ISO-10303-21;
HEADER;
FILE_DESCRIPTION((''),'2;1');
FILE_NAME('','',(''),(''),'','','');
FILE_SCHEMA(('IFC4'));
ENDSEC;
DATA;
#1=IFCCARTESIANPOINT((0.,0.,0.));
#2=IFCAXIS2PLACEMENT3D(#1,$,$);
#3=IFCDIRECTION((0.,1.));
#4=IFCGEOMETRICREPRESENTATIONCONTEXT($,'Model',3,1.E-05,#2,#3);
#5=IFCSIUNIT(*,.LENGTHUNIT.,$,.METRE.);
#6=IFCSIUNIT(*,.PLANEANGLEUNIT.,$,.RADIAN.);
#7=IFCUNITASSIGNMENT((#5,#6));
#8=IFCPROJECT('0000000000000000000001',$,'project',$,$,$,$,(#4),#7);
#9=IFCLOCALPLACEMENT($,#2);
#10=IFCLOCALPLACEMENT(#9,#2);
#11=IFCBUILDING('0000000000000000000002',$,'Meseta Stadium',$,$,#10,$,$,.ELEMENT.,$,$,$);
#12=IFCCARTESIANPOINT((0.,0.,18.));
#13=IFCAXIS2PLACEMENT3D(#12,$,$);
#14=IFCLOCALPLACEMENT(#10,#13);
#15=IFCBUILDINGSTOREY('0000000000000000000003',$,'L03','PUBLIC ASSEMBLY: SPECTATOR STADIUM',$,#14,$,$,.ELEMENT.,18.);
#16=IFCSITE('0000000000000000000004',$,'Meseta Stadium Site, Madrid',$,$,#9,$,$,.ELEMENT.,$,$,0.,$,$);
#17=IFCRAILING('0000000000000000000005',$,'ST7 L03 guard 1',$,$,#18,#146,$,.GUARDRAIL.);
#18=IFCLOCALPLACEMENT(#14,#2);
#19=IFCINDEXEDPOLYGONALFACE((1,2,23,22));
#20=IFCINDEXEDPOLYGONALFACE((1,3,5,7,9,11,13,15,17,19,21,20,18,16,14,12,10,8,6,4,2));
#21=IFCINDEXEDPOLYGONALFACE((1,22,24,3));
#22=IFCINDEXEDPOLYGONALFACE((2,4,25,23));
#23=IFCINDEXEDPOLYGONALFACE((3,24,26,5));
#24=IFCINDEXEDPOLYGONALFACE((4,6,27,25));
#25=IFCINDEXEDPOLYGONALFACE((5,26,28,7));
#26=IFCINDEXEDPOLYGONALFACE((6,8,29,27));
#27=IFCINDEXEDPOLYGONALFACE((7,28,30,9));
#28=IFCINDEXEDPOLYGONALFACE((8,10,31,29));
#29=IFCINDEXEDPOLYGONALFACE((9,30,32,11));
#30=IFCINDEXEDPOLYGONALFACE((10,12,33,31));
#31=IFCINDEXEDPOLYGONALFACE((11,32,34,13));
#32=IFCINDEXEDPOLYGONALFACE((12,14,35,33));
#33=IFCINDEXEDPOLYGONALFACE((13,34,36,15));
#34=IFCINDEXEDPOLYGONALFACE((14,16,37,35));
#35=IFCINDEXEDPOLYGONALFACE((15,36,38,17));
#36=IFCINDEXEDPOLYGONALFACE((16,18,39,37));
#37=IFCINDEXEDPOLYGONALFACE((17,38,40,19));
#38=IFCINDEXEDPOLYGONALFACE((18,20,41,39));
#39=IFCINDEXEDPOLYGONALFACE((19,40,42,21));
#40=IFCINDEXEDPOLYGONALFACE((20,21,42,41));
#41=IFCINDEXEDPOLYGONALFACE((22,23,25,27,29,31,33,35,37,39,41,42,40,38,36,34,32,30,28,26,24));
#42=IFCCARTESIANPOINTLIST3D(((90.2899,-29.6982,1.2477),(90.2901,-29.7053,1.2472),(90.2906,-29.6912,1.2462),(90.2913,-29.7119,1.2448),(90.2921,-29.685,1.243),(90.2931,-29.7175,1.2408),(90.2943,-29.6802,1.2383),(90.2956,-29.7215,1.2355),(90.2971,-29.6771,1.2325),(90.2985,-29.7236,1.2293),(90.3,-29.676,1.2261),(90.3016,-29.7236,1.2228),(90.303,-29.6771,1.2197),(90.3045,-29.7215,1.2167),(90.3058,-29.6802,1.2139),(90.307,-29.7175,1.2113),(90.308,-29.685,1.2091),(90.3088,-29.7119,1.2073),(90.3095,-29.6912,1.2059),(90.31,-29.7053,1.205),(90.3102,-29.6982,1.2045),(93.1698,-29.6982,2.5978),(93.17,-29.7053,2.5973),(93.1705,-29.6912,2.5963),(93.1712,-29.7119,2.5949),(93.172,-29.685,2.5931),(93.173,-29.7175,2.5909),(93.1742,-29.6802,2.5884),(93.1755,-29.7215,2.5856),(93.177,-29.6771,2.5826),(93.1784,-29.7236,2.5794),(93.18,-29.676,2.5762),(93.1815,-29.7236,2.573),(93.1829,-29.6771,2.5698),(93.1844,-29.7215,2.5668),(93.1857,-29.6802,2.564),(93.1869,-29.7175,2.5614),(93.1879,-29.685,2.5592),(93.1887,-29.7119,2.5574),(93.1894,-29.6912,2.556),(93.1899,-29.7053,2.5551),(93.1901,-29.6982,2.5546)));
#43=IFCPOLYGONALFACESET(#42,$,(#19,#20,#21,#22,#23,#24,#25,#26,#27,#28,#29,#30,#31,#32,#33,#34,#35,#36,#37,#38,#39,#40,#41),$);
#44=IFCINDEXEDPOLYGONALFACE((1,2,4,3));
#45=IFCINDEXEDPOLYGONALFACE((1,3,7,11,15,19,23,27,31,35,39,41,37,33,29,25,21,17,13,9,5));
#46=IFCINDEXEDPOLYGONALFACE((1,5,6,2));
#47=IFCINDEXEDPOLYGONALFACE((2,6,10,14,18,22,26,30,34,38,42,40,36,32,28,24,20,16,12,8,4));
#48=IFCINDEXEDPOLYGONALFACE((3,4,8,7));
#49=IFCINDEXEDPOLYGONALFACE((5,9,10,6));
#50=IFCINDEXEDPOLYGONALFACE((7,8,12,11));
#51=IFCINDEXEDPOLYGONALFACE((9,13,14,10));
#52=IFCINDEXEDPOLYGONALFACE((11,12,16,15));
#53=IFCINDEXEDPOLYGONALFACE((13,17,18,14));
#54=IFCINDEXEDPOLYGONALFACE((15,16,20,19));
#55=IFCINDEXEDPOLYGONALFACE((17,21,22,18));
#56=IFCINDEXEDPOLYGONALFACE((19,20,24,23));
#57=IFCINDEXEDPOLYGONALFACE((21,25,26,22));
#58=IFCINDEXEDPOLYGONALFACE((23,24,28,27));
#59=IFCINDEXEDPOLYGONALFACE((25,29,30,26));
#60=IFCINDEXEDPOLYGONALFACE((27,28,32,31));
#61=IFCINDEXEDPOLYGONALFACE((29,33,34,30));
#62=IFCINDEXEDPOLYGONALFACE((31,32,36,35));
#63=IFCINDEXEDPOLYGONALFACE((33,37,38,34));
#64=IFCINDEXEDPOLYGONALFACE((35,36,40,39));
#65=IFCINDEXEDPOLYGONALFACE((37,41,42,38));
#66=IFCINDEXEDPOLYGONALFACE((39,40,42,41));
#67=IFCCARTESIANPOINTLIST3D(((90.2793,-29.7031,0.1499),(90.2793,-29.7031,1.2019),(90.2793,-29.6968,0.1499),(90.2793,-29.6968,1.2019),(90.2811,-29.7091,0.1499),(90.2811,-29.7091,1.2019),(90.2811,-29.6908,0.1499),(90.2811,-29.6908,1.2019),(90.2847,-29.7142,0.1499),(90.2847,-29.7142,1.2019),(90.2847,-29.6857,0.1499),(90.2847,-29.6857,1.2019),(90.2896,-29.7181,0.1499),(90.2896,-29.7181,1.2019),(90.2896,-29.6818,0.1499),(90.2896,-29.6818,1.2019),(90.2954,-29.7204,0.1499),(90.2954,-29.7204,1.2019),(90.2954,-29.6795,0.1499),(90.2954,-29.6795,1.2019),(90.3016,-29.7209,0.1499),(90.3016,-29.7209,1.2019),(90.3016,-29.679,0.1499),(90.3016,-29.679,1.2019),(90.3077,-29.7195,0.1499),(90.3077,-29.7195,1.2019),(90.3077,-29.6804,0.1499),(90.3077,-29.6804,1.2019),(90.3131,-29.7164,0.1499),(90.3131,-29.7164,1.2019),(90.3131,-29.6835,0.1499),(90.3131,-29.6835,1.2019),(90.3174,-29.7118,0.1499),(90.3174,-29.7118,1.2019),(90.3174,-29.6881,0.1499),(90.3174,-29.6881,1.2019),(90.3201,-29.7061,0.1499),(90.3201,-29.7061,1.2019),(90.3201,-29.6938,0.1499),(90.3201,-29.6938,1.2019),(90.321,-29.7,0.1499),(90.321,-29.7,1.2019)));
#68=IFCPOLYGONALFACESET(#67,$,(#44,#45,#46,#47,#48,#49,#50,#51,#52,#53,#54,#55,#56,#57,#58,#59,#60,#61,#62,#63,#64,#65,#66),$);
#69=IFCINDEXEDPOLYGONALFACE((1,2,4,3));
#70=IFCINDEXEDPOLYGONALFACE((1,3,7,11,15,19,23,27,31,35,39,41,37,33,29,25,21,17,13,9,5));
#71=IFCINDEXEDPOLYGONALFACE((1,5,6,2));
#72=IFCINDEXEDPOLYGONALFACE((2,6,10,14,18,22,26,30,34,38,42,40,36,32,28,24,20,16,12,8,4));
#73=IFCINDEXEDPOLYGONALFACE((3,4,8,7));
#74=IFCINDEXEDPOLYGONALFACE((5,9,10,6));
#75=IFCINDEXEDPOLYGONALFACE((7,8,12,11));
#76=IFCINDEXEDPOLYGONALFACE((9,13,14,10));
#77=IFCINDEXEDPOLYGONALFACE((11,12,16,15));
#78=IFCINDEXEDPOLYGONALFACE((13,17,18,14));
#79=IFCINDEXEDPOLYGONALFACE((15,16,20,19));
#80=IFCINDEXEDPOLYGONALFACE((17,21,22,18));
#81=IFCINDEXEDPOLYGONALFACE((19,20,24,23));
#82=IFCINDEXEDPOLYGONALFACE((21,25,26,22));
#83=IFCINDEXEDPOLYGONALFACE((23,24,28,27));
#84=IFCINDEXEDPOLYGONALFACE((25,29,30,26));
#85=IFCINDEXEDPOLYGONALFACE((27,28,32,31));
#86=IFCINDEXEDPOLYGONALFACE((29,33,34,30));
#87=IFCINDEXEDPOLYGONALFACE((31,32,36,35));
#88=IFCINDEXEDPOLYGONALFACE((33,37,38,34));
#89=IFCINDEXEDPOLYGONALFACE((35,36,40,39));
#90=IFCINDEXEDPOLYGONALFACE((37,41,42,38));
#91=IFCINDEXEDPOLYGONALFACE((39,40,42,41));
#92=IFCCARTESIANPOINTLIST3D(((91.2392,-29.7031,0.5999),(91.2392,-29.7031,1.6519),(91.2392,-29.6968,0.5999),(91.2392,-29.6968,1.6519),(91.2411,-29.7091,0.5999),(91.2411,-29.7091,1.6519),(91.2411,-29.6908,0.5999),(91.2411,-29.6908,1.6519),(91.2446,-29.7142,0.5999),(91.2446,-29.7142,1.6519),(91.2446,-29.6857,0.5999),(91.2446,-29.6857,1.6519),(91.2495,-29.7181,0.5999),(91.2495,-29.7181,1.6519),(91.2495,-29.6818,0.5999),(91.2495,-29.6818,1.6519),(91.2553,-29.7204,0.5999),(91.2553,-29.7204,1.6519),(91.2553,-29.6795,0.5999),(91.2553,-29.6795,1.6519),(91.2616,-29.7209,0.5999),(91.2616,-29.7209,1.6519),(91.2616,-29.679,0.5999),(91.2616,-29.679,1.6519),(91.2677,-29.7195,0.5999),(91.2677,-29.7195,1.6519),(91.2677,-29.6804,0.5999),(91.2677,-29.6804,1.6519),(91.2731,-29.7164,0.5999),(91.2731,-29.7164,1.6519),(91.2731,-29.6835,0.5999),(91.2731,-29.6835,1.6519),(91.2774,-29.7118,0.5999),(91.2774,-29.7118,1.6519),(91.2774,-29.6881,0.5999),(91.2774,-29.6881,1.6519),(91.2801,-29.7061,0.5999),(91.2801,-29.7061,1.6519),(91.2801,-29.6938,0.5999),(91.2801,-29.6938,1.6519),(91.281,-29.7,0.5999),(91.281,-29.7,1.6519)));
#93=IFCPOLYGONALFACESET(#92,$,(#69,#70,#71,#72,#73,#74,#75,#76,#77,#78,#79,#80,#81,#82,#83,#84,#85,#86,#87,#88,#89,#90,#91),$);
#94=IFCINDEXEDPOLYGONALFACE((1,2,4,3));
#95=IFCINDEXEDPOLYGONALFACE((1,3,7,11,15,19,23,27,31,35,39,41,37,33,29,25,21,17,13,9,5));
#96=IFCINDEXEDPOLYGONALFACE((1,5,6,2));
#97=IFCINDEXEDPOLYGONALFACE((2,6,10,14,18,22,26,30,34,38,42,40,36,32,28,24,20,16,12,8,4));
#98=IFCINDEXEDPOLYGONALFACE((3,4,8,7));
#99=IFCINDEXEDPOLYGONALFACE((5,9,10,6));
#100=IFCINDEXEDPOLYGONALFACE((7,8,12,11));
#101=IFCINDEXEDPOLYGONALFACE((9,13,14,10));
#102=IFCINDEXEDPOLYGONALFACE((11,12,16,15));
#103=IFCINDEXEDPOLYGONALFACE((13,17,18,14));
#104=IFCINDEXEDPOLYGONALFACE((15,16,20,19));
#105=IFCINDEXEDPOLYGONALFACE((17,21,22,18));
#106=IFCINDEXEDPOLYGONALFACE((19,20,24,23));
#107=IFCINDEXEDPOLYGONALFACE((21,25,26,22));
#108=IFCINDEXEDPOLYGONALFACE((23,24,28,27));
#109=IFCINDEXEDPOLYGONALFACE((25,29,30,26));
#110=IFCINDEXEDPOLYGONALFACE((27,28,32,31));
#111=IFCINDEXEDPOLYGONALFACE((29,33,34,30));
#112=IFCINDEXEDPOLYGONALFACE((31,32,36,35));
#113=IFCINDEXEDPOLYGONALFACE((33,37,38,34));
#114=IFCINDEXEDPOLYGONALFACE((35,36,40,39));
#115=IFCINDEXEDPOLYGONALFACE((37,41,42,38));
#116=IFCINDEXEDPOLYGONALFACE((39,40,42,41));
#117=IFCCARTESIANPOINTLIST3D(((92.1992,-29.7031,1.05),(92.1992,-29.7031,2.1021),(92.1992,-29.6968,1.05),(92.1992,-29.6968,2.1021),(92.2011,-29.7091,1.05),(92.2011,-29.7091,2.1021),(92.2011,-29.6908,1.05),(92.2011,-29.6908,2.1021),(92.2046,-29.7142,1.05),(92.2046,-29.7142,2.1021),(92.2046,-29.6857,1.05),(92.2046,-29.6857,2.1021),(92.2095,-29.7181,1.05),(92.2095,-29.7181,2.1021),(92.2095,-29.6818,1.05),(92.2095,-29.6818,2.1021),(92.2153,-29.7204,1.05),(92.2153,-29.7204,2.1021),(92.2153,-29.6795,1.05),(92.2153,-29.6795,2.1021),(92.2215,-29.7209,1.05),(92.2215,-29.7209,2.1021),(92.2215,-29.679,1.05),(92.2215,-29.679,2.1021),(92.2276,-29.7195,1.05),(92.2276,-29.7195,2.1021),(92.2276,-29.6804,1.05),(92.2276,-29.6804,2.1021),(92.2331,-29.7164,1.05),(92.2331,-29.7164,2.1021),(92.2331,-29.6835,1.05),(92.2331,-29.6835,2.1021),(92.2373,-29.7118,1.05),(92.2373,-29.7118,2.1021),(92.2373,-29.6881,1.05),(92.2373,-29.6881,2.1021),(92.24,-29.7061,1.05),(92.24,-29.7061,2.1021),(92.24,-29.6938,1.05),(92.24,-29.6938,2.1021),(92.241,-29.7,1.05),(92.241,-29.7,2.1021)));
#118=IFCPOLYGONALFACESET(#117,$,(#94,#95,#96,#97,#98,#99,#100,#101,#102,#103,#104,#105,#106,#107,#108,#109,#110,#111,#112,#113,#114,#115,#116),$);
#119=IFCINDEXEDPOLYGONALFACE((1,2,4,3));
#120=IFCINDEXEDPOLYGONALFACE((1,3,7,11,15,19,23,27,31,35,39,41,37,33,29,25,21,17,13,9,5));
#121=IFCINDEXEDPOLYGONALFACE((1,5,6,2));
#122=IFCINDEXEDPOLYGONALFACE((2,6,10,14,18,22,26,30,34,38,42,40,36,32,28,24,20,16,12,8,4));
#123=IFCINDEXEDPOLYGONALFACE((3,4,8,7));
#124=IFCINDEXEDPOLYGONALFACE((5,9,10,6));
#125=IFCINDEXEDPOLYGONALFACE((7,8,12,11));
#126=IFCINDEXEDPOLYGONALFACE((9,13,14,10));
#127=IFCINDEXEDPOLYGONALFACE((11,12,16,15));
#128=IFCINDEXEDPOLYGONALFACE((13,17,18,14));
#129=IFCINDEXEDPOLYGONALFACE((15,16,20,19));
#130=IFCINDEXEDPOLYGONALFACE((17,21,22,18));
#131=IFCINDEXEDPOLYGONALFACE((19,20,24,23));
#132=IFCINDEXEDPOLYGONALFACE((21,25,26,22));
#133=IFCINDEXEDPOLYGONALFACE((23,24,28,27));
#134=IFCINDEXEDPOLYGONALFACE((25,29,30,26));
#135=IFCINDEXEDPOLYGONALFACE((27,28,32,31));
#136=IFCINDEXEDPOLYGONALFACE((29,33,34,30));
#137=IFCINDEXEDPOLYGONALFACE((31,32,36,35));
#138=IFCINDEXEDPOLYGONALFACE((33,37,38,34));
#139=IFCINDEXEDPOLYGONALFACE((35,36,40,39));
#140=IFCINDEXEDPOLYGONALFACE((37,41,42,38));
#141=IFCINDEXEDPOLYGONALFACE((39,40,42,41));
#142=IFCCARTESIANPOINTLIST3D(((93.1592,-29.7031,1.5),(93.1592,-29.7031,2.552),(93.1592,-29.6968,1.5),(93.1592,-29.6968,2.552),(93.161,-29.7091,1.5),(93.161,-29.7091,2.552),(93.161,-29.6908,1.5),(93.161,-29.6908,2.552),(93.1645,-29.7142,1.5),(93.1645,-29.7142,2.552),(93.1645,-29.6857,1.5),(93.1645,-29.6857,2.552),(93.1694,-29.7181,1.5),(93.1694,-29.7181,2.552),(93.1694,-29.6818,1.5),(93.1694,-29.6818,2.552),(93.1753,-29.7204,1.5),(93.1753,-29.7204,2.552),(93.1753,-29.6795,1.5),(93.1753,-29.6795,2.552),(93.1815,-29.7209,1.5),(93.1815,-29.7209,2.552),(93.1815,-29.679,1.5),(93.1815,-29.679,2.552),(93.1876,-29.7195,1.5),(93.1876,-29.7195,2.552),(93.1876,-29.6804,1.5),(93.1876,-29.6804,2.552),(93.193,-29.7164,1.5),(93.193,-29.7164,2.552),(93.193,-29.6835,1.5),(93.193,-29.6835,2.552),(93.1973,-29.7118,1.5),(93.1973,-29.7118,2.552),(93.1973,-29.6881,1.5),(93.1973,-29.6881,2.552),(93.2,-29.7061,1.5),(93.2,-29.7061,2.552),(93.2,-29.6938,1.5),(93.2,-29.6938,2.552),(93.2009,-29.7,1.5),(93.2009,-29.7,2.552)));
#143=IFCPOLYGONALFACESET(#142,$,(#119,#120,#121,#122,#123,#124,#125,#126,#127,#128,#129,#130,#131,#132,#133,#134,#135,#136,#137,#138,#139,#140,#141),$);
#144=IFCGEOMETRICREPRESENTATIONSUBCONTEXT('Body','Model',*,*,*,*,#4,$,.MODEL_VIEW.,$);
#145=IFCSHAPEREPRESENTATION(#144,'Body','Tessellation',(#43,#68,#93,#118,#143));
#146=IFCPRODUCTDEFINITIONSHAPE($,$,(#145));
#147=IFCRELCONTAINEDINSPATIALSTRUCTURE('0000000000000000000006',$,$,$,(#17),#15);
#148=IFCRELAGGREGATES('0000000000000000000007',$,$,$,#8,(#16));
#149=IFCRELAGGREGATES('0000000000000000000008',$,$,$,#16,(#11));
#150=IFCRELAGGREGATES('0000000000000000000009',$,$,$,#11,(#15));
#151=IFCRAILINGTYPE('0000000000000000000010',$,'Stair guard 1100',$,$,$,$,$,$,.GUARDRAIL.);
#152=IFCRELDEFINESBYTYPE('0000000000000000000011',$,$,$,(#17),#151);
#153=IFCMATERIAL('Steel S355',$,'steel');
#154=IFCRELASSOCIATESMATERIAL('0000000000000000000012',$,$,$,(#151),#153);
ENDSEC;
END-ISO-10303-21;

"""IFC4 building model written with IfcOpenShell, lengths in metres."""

from ifc_helpers import new_model, si_unit, direction, frame, origin, origin_2d, place, context, subcontext, project, spatial, circle, extrude, material, type_object, element, save


model = new_model("IFC4")

# Units and contexts
model_context = context("Model", 3, precision=1e-05, world=origin(), true_north=direction((0.0, 1.0)))
body_context = subcontext(model_context, "Body", "Model", "MODEL_VIEW")
ifc_project = project(units=[si_unit("LENGTHUNIT", "METRE"), si_unit("PLANEANGLEUNIT", "RADIAN")], contexts=[model_context])

# Site, building, storey
site_placement = place(None, origin())
site = spatial("IfcSite", under=ifc_project, at=site_placement, Name="Meseta Stadium Site, Madrid", CompositionType="ELEMENT", RefElevation=0.0)
building_placement = place(site_placement, origin())
building = spatial("IfcBuilding", under=site, at=building_placement, Name="Meseta Stadium", CompositionType="ELEMENT")
storey_placement = place(building_placement, frame((0.0, 0.0, 18.0)))
storey = spatial("IfcBuildingStorey", under=building, at=storey_placement, Name="L03", Description="PUBLIC ASSEMBLY: SPECTATOR STADIUM", CompositionType="ELEMENT", Elevation=18.0)

# Railing
ifc_material_1 = material(Name="Steel S355", Category="steel")
railing_type_1 = type_object("IfcRailingType", Name="Stair guard 1100", PredefinedType="GUARDRAIL", material=ifc_material_1)
railing_1_placement = place(storey_placement, frame((90.3, -29.7, 0.1499)))
element("IfcRailing", 1, at=railing_1_placement, inside=storey, type_object=railing_type_1, Name="ST7 L03 guard 1", PredefinedType="GUARDRAIL", context=body_context, shape_type="SweptSolid", body=[
    extrude(circle(Radius=0.0239, at=origin_2d()), frame((0.0, 0.0, 1.0762), z_axis=(0.90544, 0.0, 0.424473), x_axis=(0.0, 1.0, 0.0)), (0.0, 0.0, 1.0), 3.1807),
    extrude(circle(Radius=0.021, at=origin_2d()), origin(), (0.0, 0.0, 1.0), 1.052),
    extrude(circle(Radius=0.021, at=origin_2d()), frame((0.96, 0.0, 0.45)), (0.0, 0.0, 1.0), 1.052),
    extrude(circle(Radius=0.021, at=origin_2d()), frame((1.9199, 0.0, 0.9001)), (0.0, 0.0, 1.0), 1.052),
    extrude(circle(Radius=0.021, at=origin_2d()), frame((2.8799, 0.0, 1.3501)), (0.0, 0.0, 1.0), 1.052),
])

save(model, "model.ifc")
